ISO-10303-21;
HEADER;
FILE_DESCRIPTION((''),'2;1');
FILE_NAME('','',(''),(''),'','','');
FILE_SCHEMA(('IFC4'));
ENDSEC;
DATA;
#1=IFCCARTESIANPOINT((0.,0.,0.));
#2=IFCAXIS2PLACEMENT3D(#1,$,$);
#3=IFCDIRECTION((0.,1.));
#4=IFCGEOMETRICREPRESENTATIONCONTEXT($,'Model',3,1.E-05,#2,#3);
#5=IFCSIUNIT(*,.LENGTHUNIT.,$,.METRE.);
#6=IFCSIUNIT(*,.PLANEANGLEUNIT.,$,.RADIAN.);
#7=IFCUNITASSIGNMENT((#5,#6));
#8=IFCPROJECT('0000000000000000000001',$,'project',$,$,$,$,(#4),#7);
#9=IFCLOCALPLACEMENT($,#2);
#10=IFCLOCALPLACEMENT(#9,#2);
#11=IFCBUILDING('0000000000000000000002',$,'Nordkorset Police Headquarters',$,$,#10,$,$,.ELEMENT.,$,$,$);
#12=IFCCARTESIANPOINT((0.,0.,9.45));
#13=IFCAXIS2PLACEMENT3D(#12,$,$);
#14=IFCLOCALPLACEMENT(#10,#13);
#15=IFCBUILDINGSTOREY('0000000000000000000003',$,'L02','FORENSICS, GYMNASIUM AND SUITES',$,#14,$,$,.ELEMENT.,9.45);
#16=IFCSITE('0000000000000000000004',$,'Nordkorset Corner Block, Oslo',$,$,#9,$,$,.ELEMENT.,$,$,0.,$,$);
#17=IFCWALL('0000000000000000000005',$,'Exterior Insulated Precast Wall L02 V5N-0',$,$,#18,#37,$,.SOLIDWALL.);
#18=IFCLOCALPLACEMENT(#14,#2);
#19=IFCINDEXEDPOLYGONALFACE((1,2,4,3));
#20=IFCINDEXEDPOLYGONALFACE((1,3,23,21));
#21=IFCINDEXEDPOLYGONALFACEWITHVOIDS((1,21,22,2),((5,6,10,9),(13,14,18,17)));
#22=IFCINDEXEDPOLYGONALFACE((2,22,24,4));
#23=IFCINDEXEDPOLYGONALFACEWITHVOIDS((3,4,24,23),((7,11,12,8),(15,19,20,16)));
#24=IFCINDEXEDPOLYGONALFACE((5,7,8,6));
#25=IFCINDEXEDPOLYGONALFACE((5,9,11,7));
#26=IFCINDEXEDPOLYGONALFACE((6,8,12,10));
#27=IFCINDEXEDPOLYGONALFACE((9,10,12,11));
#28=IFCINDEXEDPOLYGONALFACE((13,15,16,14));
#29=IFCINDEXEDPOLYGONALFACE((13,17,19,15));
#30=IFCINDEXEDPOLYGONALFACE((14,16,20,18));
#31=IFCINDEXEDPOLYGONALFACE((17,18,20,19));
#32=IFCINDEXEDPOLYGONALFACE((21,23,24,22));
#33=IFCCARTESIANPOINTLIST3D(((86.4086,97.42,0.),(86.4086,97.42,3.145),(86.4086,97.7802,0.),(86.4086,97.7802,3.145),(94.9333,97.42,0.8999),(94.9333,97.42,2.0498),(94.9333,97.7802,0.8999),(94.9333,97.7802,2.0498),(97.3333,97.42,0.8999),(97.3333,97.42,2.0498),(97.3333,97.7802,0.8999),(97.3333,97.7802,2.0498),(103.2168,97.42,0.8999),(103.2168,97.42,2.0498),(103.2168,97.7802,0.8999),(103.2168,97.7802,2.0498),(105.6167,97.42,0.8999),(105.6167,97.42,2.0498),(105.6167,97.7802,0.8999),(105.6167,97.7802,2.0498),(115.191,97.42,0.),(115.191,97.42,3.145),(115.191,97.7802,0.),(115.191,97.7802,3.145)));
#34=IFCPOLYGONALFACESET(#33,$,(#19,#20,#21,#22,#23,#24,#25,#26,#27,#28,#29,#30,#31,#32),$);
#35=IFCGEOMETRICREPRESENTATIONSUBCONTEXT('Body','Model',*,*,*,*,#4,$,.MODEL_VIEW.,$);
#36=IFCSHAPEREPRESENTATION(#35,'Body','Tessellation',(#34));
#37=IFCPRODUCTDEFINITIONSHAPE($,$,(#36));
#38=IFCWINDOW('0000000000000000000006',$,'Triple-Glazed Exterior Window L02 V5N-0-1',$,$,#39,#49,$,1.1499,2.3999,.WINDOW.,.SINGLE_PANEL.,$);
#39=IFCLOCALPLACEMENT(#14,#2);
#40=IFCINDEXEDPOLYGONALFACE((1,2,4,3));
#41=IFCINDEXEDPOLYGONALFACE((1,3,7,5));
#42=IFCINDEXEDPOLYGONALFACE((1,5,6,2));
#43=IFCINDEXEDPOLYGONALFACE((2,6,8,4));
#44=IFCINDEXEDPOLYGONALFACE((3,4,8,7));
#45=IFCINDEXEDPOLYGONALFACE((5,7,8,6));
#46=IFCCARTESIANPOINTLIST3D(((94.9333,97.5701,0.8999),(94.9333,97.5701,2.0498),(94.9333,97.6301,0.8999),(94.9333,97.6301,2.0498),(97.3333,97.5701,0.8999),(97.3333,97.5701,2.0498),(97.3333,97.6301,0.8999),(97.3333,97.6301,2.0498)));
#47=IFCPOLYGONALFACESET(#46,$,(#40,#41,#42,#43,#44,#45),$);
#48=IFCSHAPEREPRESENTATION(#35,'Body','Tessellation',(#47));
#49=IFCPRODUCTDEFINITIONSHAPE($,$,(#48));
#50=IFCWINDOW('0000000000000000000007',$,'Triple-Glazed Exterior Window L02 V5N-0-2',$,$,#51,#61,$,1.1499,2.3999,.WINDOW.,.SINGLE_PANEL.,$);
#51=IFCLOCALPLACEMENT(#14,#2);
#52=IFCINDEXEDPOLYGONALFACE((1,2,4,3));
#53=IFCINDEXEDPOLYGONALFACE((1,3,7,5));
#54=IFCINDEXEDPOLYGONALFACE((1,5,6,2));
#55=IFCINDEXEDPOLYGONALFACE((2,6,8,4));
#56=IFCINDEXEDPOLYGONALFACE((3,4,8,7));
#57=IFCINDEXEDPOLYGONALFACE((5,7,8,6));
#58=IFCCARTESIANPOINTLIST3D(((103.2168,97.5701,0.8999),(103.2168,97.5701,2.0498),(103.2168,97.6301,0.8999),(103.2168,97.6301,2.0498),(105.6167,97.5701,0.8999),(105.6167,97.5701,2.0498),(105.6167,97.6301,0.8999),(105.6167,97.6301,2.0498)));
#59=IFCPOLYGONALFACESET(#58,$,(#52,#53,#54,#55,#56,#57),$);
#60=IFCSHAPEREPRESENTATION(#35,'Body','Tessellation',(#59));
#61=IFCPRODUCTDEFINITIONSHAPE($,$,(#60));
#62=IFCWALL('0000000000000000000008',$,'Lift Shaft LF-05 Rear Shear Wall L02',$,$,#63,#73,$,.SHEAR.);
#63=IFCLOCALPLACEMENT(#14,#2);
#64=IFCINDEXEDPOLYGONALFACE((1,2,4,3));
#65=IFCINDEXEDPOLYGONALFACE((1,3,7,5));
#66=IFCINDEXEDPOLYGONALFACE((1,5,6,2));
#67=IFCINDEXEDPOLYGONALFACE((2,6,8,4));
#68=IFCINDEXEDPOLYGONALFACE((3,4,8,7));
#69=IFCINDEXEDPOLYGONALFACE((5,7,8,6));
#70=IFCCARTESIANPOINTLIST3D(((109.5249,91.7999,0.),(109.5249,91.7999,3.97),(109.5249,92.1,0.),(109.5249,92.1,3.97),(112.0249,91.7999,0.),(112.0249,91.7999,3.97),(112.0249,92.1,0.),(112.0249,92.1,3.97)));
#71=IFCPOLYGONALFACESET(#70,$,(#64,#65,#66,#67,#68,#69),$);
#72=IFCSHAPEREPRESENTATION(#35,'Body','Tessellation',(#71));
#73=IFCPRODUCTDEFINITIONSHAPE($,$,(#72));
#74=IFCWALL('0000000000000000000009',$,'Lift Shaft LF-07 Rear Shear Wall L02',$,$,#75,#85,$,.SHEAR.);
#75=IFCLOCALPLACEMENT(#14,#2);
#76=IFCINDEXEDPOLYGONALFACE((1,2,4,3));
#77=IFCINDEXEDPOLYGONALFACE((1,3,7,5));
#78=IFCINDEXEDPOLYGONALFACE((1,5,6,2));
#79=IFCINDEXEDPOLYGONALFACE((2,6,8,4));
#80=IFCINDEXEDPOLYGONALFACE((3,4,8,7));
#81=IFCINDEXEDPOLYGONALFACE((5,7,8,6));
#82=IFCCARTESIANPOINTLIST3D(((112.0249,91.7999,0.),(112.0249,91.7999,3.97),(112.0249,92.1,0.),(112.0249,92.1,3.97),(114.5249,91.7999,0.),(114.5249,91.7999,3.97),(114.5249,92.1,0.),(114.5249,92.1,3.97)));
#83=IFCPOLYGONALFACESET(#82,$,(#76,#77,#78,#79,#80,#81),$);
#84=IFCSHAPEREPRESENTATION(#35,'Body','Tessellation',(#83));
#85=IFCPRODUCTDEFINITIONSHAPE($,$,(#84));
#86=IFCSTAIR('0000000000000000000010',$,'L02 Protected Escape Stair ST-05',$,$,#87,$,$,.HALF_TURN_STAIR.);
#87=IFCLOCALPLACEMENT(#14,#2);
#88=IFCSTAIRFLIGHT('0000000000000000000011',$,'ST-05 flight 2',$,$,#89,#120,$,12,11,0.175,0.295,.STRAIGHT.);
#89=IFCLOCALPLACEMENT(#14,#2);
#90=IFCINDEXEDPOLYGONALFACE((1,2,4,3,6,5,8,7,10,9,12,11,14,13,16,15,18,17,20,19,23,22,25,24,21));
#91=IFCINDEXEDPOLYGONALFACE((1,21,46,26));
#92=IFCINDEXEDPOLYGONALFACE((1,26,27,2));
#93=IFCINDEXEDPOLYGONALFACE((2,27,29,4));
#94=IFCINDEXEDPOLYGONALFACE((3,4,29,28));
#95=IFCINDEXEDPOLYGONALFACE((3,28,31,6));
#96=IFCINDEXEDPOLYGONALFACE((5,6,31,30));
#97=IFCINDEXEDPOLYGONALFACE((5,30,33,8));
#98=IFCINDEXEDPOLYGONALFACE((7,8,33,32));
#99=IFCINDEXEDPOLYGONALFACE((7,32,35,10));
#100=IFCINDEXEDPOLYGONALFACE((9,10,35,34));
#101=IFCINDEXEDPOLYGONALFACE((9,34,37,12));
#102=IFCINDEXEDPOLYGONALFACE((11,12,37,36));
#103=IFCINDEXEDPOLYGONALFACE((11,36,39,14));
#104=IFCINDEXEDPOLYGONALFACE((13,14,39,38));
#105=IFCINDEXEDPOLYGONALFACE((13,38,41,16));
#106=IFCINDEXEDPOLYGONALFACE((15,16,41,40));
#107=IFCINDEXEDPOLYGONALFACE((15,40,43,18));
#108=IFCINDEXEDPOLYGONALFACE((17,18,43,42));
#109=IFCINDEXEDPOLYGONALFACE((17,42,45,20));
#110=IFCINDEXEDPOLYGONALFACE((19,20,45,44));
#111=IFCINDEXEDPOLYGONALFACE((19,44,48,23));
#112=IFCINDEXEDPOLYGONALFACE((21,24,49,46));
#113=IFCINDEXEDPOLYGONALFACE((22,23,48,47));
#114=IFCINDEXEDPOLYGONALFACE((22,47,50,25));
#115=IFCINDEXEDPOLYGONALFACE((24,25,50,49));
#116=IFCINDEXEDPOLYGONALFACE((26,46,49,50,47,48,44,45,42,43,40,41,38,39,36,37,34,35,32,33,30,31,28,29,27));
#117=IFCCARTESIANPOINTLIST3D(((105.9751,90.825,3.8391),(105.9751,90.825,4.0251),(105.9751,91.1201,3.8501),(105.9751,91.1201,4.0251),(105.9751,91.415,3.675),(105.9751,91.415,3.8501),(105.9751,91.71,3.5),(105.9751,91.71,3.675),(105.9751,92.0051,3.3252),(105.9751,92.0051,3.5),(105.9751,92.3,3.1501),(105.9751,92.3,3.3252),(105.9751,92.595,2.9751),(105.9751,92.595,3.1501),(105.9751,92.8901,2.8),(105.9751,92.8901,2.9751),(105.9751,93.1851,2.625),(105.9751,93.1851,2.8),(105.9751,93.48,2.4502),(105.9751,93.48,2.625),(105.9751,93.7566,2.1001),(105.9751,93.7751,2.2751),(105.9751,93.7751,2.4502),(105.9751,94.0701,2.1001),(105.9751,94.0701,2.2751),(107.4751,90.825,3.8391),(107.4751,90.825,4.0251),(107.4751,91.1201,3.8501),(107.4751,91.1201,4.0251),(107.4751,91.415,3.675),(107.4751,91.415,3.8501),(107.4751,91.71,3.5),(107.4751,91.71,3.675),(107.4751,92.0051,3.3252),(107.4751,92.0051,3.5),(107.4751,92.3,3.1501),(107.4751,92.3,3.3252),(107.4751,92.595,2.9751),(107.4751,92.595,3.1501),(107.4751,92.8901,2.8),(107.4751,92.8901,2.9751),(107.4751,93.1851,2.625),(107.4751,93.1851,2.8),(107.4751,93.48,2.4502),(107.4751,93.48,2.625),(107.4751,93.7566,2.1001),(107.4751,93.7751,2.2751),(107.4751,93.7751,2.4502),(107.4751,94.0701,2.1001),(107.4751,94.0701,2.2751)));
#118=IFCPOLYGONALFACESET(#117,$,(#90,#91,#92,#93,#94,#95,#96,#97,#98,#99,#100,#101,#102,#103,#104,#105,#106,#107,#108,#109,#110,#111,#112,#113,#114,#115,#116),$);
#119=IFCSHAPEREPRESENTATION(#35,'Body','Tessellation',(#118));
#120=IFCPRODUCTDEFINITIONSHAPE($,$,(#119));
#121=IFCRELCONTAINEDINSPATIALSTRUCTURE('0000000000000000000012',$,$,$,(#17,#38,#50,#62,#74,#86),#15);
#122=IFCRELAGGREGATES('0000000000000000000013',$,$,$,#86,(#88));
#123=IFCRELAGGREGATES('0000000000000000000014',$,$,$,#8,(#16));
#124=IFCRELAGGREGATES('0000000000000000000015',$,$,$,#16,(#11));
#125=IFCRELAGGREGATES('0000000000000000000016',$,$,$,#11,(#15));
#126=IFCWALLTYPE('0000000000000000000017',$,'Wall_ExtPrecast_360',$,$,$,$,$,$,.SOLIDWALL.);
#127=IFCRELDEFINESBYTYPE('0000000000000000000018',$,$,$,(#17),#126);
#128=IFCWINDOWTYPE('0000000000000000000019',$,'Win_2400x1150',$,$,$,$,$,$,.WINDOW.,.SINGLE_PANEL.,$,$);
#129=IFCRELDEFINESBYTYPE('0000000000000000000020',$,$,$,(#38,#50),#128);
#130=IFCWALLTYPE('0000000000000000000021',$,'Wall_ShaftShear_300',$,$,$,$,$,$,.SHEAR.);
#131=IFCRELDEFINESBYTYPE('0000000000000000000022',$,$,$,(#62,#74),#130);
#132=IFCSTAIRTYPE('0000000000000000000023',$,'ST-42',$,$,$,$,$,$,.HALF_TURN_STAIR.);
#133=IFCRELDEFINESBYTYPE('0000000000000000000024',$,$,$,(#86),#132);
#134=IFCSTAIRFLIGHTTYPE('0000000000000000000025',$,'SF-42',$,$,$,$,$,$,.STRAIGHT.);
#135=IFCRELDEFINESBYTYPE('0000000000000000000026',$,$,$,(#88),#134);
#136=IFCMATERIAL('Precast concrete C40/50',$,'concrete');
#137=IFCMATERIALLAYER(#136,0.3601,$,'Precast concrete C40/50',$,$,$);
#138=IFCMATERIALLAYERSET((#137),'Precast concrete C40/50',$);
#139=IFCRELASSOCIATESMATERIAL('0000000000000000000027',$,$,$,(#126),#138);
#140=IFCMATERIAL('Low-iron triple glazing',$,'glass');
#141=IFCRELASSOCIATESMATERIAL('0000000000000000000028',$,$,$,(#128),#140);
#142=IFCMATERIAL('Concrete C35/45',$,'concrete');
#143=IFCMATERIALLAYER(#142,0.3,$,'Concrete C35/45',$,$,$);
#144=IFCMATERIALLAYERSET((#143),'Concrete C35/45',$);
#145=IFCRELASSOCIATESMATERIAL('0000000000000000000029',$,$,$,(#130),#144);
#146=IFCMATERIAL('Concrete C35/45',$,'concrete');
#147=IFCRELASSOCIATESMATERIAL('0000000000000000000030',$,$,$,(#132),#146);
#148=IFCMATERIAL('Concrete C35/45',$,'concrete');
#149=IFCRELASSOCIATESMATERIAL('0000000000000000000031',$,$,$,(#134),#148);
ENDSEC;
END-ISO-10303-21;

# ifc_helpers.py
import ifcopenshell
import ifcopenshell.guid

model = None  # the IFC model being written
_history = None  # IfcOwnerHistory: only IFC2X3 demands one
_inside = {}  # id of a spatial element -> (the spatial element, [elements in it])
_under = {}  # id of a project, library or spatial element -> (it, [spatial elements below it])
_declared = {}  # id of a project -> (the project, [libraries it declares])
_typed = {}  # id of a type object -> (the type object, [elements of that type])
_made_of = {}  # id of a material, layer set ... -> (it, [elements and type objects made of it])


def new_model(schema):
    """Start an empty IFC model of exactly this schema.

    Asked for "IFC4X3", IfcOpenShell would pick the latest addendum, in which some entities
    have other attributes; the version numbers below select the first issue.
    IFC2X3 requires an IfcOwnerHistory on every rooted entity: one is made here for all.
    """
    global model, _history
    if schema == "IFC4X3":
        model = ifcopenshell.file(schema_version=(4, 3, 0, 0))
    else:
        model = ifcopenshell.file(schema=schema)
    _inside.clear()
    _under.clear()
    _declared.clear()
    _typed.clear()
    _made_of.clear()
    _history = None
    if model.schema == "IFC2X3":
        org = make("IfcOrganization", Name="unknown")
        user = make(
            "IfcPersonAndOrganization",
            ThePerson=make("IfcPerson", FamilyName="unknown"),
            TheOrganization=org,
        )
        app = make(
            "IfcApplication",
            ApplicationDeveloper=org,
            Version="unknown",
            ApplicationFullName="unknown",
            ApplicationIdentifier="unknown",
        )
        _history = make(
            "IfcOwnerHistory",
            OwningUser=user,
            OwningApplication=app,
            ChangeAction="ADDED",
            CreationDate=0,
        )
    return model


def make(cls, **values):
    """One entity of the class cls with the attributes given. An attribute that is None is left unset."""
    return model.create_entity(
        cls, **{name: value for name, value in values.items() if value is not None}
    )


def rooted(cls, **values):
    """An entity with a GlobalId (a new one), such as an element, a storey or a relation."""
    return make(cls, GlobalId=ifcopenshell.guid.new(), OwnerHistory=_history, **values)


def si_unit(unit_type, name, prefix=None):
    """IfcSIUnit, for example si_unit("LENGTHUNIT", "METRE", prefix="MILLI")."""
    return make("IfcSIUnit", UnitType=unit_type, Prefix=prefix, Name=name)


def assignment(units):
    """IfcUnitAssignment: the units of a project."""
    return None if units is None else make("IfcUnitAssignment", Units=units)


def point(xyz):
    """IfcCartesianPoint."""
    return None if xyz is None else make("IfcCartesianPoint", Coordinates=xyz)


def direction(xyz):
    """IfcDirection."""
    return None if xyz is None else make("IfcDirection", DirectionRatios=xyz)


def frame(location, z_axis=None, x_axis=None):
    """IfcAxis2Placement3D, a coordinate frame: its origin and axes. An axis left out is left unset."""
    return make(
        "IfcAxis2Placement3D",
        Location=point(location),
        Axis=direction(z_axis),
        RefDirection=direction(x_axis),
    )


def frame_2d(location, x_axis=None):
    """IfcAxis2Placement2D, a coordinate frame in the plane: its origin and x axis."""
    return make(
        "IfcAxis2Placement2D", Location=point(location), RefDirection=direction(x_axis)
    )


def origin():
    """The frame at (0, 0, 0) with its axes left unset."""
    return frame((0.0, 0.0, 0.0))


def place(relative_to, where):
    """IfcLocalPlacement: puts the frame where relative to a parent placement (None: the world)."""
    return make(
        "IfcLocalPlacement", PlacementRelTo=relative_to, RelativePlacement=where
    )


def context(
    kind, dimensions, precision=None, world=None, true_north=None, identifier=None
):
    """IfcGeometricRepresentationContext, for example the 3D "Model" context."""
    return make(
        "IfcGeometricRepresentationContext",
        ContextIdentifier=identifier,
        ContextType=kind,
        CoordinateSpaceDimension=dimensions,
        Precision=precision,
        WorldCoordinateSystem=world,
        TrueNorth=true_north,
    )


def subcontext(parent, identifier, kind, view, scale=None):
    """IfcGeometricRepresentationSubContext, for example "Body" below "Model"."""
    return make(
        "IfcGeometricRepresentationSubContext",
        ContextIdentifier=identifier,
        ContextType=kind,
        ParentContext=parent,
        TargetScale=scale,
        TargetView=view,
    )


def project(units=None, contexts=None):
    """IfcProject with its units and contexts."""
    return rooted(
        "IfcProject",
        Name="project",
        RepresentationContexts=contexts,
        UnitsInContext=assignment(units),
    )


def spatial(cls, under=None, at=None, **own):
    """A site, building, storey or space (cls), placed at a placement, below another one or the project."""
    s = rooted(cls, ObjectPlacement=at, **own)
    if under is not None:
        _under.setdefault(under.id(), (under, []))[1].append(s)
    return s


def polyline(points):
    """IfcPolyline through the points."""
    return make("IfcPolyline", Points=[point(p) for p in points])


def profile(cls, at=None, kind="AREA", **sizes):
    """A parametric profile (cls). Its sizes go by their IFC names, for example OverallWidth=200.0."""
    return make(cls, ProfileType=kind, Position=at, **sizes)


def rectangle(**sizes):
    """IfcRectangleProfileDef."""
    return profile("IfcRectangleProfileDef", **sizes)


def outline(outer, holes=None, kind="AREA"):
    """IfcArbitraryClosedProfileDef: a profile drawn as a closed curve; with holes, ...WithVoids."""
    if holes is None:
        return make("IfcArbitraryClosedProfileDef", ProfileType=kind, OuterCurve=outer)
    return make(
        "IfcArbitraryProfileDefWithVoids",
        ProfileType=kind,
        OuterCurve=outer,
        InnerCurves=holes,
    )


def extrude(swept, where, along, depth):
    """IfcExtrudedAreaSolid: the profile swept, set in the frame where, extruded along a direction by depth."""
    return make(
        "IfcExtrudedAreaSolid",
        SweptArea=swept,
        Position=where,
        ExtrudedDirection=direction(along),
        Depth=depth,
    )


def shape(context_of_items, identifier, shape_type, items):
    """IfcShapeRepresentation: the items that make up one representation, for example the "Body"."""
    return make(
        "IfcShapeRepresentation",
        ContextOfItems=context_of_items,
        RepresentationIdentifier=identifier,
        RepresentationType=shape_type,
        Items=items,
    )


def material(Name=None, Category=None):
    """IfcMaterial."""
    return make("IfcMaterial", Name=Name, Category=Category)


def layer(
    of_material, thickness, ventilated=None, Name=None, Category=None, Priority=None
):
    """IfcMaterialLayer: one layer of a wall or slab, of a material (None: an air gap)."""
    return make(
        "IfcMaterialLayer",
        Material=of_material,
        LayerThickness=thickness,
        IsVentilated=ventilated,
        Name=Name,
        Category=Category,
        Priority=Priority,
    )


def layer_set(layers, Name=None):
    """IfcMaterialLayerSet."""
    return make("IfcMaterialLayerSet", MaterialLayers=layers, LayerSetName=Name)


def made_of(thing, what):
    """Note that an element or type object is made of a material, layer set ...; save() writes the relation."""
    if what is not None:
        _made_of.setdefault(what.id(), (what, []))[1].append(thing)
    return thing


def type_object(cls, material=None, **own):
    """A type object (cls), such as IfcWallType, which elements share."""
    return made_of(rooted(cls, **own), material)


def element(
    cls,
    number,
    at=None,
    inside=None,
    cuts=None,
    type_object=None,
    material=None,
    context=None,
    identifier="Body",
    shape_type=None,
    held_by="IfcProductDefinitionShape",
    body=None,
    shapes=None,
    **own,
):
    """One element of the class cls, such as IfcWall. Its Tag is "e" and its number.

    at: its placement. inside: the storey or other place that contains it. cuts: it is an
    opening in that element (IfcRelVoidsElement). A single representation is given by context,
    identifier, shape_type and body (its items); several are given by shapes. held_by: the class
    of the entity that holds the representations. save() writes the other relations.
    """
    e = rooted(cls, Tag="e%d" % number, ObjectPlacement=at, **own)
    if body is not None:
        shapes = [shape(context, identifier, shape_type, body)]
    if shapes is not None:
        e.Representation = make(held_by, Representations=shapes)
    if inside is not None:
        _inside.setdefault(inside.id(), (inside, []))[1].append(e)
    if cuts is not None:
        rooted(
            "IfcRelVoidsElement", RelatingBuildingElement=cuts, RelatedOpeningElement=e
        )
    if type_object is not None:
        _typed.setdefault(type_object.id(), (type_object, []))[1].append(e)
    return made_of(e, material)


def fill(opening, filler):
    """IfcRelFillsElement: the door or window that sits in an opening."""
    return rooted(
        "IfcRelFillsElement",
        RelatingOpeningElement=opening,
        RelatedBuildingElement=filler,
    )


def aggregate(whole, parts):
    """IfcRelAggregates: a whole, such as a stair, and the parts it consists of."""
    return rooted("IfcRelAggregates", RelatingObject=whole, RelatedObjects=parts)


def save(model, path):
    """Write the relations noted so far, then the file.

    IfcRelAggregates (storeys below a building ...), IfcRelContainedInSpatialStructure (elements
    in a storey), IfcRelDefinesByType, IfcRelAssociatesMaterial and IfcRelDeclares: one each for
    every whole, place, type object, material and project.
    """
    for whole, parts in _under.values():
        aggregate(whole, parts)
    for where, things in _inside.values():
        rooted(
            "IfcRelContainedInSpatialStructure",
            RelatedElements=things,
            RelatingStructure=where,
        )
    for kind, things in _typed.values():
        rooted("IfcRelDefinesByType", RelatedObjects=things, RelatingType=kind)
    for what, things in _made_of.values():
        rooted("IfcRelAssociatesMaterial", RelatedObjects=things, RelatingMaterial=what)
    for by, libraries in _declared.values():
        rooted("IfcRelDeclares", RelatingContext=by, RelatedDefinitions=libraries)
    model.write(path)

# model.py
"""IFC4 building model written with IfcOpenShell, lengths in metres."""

from ifc_helpers import new_model, si_unit, direction, frame, frame_2d, origin, place, context, subcontext, project, spatial, polyline, rectangle, outline, extrude, material, layer, layer_set, type_object, element, fill, aggregate, save


model = new_model("IFC4")

# Units and contexts
model_context = context("Model", 3, precision=1e-05, world=origin(), true_north=direction((0.0, 1.0)))
body_context = subcontext(model_context, "Body", "Model", "MODEL_VIEW")
ifc_project = project(units=[si_unit("LENGTHUNIT", "METRE"), si_unit("PLANEANGLEUNIT", "RADIAN")], contexts=[model_context])

# Site, building, storey
site_placement = place(None, origin())
site = spatial("IfcSite", under=ifc_project, at=site_placement, Name="Nordkorset Corner Block, Oslo", CompositionType="ELEMENT", RefElevation=0.0)
building_placement = place(site_placement, origin())
building = spatial("IfcBuilding", under=site, at=building_placement, Name="Nordkorset Police Headquarters", CompositionType="ELEMENT")
storey_placement = place(building_placement, frame((0.0, 0.0, 9.45)))
storey = spatial("IfcBuildingStorey", under=building, at=storey_placement, Name="L02", Description="FORENSICS, GYMNASIUM AND SUITES", CompositionType="ELEMENT", Elevation=9.45)

# Wall, openings, windows
ifc_material_1 = material(Name="Precast concrete C40/50", Category="concrete")
ifc_layer_1 = layer(ifc_material_1, 0.3601, Name="Precast concrete C40/50")
ifc_layer_set_1 = layer_set([ifc_layer_1], Name="Precast concrete C40/50")
wall_type_1 = type_object("IfcWallType", Name="Wall_ExtPrecast_360", PredefinedType="SOLIDWALL", material=ifc_layer_set_1)
wall_1_placement = place(storey_placement, frame((86.4087, 97.6001, 0.0), z_axis=(0.0, 0.0, 1.0), x_axis=(1.0, 0.0, 0.0)))
wall_1 = element("IfcWall", 1, at=wall_1_placement, inside=storey, type_object=wall_type_1, Name="Exterior Insulated Precast Wall L02 V5N-0", PredefinedType="SOLIDWALL", context=body_context, shape_type="SweptSolid", body=[
    extrude(rectangle(XDim=28.7825, YDim=0.3601, at=frame_2d((14.3911, 0.0))), origin(), (0.0, 0.0, 1.0), 3.145),
])
opening_1_placement = place(wall_1_placement, frame((8.5247, 0.0, 0.8999)))
opening_1 = element("IfcOpeningElement", 2, at=opening_1_placement, cuts=wall_1, PredefinedType="OPENING", context=body_context, shape_type="SweptSolid", body=[
    extrude(rectangle(XDim=2.3999, YDim=1.1499, at=frame_2d((1.2, 0.575))), frame((0.0, 0.1899, 0.0), z_axis=(0.0, -1.0, 0.0), x_axis=(1.0, 0.0, 0.0)), (0.0, 0.0, 1.0), 0.3801),
])
opening_2_placement = place(wall_1_placement, frame((16.8081, 0.0, 0.8999)))
opening_2 = element("IfcOpeningElement", 3, at=opening_2_placement, cuts=wall_1, PredefinedType="OPENING", context=body_context, shape_type="SweptSolid", body=[
    extrude(rectangle(XDim=2.3999, YDim=1.1499, at=frame_2d((1.2, 0.575))), frame((0.0, 0.1899, 0.0), z_axis=(0.0, -1.0, 0.0), x_axis=(1.0, 0.0, 0.0)), (0.0, 0.0, 1.0), 0.3801),
])
ifc_material_2 = material(Name="Low-iron triple glazing", Category="glass")
window_type = type_object("IfcWindowType", Name="Win_2400x1150", PartitioningType="SINGLE_PANEL", PredefinedType="WINDOW", material=ifc_material_2)
window_1_placement = place(opening_1_placement, origin())
window_1 = element("IfcWindow", 4, at=window_1_placement, inside=storey, type_object=window_type, Name="Triple-Glazed Exterior Window L02 V5N-0-1", OverallHeight=1.1499, OverallWidth=2.3999, PartitioningType="SINGLE_PANEL", PredefinedType="WINDOW", context=body_context, shape_type="SweptSolid", body=[
    extrude(rectangle(XDim=2.3999, YDim=1.1499, at=frame_2d((1.2, 0.575))), frame((0.0, 0.03, 0.0), z_axis=(0.0, -1.0, 0.0), x_axis=(1.0, 0.0, 0.0)), (0.0, 0.0, 1.0), 0.0601),
])
fill(opening_1, window_1)
window_2_placement = place(opening_2_placement, origin())
window_2 = element("IfcWindow", 5, at=window_2_placement, inside=storey, type_object=window_type, Name="Triple-Glazed Exterior Window L02 V5N-0-2", OverallHeight=1.1499, OverallWidth=2.3999, PartitioningType="SINGLE_PANEL", PredefinedType="WINDOW", context=body_context, shape_type="SweptSolid", body=[
    extrude(rectangle(XDim=2.3999, YDim=1.1499, at=frame_2d((1.2, 0.575))), frame((0.0, 0.03, 0.0), z_axis=(0.0, -1.0, 0.0), x_axis=(1.0, 0.0, 0.0)), (0.0, 0.0, 1.0), 0.0601),
])
fill(opening_2, window_2)

# Walls
ifc_material_3 = material(Name="Concrete C35/45", Category="concrete")
ifc_layer_2 = layer(ifc_material_3, 0.3, Name="Concrete C35/45")
ifc_layer_set_2 = layer_set([ifc_layer_2], Name="Concrete C35/45")
wall_type_2 = type_object("IfcWallType", Name="Wall_ShaftShear_300", PredefinedType="SHEAR", material=ifc_layer_set_2)
for number, where, z_axis, x_axis, name in (
    (6, (109.5249, 91.95, 0.0), (0.0, 0.0, 1.0), (1.0, 0.0, 0.0), "Lift Shaft LF-05 Rear Shear Wall L02"),
    (7, (112.0249, 91.95, 0.0), (0.0, 0.0, 1.0), (1.0, 0.0, 0.0), "Lift Shaft LF-07 Rear Shear Wall L02"),
):
    element("IfcWall", number, at=place(storey_placement, frame(where, z_axis=z_axis, x_axis=x_axis)), inside=storey, type_object=wall_type_2, Name=name, PredefinedType="SHEAR", context=body_context, shape_type="SweptSolid", body=[
        extrude(rectangle(XDim=2.5, YDim=0.3, at=frame_2d((1.25, 0.0))), origin(), (0.0, 0.0, 1.0), 3.97),
    ])

# Stair, stair flight
ifc_material_4 = material(Name="Concrete C35/45", Category="concrete")
stair_type = type_object("IfcStairType", Name="ST-42", PredefinedType="HALF_TURN_STAIR", material=ifc_material_4)
stair_placement = place(storey_placement, origin())
stair = element("IfcStair", 8, at=stair_placement, inside=storey, type_object=stair_type, Name="L02 Protected Escape Stair ST-05", PredefinedType="HALF_TURN_STAIR")
ifc_material_5 = material(Name="Concrete C35/45", Category="concrete")
stair_flight_type = type_object("IfcStairFlightType", Name="SF-42", PredefinedType="STRAIGHT", material=ifc_material_5)
stair_flight_placement = place(storey_placement, frame((106.7251, 94.0701, 2.1001), z_axis=(0.0, 0.0, 1.0), x_axis=(0.0, -1.0, 0.0)))
stair_flight = element("IfcStairFlight", 9, at=stair_flight_placement, type_object=stair_flight_type, Name="ST-05 flight 2", NumberOfRisers=12, NumberOfTreads=11, PredefinedType="STRAIGHT", RiserHeight=0.175, TreadLength=0.295, context=body_context, shape_type="SweptSolid", body=[
    extrude(outline(polyline([(0.0, 0.0), (0.0, 0.175), (0.2949, 0.175), (0.2949, 0.3501), (0.5901, 0.3501), (0.5901, 0.5249), (0.885, 0.5249), (0.885, 0.7), (1.1799, 0.7), (1.1799, 0.875), (1.4751, 0.875), (1.4751, 1.05), (1.77, 1.05), (1.77, 1.2251), (2.0649, 1.2251), (2.0649, 1.3999), (2.3601, 1.3999), (2.3601, 1.575), (2.655, 1.575), (2.655, 1.75), (2.95, 1.75), (2.95, 1.925), (3.2451, 1.925), (3.2451, 2.1001), (3.2451, 1.739), (0.3135, 0.0), (0.0, 0.0)])), frame((0.0, 0.75, 0.0), z_axis=(0.0, -1.0, 0.0), x_axis=(1.0, 0.0, 0.0)), (0.0, 0.0, 1.0), 1.5),
])
aggregate(stair, [stair_flight])

save(model, "model.ifc")
